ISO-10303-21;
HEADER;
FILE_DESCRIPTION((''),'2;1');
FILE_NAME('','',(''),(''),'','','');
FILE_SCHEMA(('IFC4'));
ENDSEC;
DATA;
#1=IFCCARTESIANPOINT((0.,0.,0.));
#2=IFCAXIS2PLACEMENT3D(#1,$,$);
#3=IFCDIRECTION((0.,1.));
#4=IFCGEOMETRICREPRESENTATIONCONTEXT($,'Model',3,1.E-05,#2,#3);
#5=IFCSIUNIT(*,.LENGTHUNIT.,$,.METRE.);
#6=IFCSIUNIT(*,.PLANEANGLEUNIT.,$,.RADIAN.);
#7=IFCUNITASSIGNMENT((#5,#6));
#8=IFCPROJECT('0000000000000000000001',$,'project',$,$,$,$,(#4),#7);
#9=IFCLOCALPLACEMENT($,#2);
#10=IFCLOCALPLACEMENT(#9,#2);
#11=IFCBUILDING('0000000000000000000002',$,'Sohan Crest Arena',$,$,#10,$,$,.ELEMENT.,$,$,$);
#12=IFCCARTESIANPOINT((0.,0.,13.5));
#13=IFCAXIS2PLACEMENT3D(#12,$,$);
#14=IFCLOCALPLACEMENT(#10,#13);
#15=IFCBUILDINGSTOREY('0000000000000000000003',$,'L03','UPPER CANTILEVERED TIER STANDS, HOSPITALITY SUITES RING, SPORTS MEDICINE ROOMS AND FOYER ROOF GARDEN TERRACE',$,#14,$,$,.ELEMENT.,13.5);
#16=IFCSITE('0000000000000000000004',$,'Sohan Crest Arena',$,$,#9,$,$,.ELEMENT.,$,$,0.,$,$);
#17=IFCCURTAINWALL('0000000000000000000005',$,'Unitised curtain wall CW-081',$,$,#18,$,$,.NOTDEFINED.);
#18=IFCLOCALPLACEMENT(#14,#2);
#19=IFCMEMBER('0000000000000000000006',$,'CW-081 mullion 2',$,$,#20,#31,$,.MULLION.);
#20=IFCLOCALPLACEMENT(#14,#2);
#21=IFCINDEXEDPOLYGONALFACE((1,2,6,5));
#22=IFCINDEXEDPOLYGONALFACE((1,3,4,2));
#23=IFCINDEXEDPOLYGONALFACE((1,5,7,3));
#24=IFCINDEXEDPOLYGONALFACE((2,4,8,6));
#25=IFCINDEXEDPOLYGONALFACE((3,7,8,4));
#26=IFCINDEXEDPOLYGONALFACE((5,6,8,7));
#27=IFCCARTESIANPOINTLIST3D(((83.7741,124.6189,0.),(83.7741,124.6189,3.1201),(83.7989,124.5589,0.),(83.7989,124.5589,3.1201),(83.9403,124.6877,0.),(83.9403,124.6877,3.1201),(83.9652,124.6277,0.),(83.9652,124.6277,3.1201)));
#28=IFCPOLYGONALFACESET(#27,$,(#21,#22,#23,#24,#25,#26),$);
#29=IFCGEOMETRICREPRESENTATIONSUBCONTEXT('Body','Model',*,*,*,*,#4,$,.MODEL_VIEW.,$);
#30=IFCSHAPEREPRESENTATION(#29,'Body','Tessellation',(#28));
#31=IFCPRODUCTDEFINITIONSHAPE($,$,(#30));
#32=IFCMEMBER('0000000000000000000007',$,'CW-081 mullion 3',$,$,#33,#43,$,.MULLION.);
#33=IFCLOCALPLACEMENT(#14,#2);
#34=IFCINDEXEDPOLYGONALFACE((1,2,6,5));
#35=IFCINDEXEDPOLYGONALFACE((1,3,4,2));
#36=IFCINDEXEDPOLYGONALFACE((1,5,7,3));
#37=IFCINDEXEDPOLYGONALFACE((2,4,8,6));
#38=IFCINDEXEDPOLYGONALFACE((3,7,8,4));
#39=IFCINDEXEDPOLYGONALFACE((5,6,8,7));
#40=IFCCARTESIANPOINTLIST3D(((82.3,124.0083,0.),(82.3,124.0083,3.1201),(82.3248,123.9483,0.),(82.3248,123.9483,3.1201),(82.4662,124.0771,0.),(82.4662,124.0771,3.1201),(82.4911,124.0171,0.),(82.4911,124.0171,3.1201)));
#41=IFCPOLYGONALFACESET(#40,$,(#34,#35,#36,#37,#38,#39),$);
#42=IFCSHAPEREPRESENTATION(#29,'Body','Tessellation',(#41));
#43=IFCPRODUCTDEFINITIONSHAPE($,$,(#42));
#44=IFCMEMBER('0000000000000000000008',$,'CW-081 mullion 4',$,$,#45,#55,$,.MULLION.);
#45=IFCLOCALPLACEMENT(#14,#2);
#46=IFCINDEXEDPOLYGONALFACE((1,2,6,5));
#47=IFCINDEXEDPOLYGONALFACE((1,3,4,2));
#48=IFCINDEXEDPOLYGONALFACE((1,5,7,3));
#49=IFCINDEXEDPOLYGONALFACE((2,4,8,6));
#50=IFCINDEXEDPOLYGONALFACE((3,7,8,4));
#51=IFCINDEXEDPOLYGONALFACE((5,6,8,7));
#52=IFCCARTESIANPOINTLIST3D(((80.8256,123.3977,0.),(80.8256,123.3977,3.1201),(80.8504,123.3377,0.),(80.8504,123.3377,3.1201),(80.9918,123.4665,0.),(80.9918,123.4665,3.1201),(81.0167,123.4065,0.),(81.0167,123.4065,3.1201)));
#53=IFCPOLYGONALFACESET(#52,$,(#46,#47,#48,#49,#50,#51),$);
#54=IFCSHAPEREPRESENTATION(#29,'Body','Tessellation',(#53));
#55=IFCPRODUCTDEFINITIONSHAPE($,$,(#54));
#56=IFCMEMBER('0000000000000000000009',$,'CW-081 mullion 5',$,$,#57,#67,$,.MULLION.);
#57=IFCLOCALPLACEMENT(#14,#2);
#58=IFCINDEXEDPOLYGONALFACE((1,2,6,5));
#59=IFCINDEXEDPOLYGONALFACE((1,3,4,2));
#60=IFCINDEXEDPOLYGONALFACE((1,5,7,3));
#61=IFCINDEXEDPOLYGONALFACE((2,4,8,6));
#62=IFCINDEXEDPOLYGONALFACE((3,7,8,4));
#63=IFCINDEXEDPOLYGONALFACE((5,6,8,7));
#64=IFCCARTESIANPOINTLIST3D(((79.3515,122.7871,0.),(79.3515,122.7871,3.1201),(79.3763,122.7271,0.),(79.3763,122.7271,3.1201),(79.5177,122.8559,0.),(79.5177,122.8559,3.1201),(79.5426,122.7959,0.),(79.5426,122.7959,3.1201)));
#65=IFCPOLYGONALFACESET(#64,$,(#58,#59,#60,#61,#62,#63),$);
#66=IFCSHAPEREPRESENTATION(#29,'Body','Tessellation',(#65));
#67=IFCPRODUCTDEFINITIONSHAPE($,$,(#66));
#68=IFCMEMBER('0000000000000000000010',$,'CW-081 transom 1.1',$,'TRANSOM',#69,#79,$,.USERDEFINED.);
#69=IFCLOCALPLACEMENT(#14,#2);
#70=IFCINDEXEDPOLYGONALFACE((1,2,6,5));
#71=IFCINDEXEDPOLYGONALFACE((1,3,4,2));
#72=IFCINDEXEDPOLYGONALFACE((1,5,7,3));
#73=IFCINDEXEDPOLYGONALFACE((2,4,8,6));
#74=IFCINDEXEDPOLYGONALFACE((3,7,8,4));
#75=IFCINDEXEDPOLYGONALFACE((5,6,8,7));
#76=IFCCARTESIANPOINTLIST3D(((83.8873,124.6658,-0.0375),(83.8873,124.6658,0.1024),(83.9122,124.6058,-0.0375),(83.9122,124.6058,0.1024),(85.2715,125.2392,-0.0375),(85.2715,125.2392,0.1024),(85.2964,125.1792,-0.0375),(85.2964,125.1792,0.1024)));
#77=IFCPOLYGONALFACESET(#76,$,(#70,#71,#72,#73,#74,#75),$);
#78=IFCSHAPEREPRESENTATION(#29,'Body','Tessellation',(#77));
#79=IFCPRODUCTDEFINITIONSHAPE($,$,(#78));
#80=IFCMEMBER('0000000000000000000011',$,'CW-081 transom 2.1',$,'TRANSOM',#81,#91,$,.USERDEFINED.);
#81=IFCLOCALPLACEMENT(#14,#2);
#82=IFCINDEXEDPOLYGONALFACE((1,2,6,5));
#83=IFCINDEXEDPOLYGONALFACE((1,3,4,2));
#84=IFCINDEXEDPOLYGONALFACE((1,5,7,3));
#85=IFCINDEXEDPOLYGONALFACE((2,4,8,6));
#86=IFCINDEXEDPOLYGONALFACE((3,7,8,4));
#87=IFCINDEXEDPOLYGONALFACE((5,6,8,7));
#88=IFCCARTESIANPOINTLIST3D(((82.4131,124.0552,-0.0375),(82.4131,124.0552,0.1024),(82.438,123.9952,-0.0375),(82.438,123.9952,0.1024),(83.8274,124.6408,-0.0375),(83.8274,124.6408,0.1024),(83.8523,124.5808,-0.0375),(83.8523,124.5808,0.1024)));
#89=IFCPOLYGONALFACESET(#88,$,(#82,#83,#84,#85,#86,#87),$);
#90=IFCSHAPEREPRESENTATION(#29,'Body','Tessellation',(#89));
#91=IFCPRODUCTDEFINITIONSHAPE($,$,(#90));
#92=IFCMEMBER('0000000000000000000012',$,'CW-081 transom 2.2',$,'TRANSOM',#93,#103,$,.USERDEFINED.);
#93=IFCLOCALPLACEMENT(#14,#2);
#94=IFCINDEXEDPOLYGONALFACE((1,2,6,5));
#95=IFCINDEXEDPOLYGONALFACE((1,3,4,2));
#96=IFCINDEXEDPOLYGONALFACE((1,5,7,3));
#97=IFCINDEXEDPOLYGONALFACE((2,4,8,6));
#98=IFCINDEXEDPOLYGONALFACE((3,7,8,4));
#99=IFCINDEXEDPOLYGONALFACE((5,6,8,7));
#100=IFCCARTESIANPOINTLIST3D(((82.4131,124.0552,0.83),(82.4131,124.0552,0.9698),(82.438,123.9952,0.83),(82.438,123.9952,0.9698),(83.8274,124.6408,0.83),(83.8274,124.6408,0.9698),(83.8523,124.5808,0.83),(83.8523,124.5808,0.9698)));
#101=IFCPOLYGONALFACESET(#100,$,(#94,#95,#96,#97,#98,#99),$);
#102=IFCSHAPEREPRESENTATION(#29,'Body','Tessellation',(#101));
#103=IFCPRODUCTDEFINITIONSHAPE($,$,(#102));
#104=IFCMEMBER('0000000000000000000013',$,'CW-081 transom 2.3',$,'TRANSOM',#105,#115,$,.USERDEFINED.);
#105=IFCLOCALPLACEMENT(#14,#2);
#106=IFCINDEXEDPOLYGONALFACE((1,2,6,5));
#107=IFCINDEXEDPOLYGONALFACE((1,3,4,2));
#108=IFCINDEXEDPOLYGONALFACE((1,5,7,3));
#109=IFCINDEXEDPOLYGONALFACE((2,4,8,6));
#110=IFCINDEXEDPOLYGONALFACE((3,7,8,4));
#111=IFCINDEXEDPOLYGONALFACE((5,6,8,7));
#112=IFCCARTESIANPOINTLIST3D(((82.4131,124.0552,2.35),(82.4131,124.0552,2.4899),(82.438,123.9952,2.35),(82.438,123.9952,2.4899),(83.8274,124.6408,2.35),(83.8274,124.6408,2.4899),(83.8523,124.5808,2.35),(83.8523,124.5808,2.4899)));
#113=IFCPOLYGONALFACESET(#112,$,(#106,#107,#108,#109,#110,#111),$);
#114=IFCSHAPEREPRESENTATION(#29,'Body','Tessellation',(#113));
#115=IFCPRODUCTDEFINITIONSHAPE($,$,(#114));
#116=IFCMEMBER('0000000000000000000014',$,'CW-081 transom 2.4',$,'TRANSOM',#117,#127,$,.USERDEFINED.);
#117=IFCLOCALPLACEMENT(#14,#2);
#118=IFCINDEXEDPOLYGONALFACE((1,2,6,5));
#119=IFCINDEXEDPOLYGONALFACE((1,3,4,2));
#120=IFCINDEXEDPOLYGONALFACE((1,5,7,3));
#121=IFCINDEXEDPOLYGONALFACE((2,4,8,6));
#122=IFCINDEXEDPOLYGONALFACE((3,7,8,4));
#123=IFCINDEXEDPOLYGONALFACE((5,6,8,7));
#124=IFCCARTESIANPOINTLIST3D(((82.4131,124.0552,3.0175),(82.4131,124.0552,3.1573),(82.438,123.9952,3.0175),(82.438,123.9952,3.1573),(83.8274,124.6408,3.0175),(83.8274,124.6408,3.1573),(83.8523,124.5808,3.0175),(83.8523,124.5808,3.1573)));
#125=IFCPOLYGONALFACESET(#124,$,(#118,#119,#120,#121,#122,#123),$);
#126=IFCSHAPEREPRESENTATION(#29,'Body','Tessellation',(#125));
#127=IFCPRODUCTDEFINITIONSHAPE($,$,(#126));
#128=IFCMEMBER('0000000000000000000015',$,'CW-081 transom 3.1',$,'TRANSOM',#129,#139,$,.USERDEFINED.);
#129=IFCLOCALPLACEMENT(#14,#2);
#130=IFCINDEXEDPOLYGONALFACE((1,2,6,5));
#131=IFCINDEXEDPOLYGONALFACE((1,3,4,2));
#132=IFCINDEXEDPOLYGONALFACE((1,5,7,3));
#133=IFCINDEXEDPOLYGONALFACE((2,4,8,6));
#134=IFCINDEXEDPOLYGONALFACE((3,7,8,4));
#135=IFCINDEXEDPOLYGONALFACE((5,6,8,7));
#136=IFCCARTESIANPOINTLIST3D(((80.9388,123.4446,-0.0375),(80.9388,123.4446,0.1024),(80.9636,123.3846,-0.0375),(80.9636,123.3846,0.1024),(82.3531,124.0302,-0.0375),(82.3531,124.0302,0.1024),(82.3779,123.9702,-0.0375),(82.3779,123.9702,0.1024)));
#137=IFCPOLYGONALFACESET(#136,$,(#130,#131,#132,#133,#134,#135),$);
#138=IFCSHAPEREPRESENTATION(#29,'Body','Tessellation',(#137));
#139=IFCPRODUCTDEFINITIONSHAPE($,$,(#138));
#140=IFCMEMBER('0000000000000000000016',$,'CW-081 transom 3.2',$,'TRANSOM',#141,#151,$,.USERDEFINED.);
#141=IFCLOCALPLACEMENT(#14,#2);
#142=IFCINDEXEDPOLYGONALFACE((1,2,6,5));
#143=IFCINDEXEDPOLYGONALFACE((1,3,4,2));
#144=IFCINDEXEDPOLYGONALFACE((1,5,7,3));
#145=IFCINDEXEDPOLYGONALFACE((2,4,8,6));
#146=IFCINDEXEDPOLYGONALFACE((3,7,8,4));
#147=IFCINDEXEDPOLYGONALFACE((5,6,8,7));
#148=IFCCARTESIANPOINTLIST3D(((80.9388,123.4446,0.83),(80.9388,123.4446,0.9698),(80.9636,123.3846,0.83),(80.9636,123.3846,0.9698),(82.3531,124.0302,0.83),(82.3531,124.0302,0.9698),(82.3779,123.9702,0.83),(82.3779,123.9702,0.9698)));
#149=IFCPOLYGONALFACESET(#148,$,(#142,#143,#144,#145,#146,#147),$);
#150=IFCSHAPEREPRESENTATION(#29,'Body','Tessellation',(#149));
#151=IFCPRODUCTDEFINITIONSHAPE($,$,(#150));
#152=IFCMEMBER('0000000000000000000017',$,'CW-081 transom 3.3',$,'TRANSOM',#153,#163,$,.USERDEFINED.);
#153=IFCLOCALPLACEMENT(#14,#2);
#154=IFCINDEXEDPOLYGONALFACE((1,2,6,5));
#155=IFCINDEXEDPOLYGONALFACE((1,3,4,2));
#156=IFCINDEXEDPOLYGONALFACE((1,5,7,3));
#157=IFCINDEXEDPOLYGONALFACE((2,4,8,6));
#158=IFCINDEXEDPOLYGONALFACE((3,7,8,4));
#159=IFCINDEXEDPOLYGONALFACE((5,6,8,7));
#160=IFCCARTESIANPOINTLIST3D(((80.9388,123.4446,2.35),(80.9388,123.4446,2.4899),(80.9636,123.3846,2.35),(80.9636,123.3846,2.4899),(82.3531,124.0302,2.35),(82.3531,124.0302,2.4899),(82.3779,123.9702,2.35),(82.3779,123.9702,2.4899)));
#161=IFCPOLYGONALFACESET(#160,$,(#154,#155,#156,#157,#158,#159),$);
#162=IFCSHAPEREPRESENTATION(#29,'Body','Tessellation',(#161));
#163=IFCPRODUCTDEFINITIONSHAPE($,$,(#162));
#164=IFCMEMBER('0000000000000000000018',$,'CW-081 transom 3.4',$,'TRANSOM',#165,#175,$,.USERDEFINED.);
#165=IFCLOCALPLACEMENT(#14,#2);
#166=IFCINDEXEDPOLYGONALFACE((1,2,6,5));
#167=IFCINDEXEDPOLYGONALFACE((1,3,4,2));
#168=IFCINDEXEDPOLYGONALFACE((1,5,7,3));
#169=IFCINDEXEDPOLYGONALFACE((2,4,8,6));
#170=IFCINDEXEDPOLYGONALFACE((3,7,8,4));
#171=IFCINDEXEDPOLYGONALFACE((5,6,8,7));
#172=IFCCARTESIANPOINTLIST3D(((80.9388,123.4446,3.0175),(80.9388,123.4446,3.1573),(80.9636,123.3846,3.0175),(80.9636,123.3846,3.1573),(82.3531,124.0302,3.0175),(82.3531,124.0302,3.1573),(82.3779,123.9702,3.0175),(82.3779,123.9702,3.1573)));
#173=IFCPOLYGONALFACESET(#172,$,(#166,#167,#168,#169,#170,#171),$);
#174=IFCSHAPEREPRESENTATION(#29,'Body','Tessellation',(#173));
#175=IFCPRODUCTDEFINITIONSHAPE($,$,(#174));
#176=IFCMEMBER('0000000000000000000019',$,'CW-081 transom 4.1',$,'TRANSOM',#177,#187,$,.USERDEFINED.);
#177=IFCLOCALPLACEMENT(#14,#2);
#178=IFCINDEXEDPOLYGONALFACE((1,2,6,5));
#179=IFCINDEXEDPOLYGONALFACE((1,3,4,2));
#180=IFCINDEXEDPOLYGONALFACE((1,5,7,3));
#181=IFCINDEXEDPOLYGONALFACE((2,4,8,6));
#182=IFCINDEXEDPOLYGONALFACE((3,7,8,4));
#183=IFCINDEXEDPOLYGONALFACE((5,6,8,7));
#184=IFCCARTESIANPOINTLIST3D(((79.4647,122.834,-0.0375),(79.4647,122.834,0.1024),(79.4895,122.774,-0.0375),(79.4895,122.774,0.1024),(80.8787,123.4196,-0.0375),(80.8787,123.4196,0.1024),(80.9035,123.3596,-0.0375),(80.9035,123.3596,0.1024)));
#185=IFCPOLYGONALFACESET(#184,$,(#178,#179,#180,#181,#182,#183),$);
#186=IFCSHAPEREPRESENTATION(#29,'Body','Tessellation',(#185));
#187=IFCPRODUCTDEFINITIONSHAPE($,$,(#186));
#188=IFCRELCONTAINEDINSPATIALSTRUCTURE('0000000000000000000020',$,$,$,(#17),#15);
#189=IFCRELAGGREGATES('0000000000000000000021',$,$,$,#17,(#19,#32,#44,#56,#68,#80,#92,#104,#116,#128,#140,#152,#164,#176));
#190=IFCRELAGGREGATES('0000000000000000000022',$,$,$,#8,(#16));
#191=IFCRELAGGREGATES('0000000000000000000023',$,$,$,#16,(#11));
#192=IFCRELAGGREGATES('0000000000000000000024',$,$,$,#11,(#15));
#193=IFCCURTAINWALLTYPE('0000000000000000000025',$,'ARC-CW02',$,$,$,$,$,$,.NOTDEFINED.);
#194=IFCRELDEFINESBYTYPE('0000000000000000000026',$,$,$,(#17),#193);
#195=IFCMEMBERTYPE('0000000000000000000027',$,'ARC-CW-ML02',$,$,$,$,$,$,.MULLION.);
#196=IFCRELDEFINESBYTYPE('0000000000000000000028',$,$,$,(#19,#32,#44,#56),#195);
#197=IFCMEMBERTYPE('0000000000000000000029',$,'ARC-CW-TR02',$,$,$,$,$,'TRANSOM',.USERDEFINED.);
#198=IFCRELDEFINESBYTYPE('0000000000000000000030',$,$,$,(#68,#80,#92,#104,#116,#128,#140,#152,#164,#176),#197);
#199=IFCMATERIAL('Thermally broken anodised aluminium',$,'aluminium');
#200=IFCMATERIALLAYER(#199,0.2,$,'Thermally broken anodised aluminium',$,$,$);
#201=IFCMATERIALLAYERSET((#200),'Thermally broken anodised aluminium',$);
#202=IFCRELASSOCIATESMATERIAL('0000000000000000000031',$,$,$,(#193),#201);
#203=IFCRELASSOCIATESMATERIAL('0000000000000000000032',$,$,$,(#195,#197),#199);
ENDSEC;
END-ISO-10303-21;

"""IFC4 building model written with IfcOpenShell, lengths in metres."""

from ifc_helpers import new_model, si_unit, direction, frame, origin, origin_2d, place, context, subcontext, project, spatial, rectangle, extrude, material, layer, layer_set, material_profile, profile_set, type_object, element, aggregate, save


model = new_model("IFC4")

# Units and contexts
model_context = context("Model", 3, precision=1e-05, world=origin(), true_north=direction((0.0, 1.0)))
body_context = subcontext(model_context, "Body", "Model", "MODEL_VIEW")
ifc_project = project(units=[si_unit("LENGTHUNIT", "METRE"), si_unit("PLANEANGLEUNIT", "RADIAN")], contexts=[model_context])

# Site, building, storey
site_placement = place(None, origin())
site = spatial("IfcSite", under=ifc_project, at=site_placement, Name="Sohan Crest Arena", CompositionType="ELEMENT", RefElevation=0.0)
building_placement = place(site_placement, origin())
building = spatial("IfcBuilding", under=site, at=building_placement, Name="Sohan Crest Arena", CompositionType="ELEMENT")
storey_placement = place(building_placement, frame((0.0, 0.0, 13.5)))
storey = spatial("IfcBuildingStorey", under=building, at=storey_placement, Name="L03", Description="UPPER CANTILEVERED TIER STANDS, HOSPITALITY SUITES RING, SPORTS MEDICINE ROOMS AND FOYER ROOF GARDEN TERRACE", CompositionType="ELEMENT", Elevation=13.5)

# Curtain wall, members
ifc_material_1 = material(Name="Thermally broken anodised aluminium", Category="aluminium")
ifc_layer_1 = layer(ifc_material_1, 0.2, Name="Thermally broken anodised aluminium")
ifc_layer_set_1 = layer_set([ifc_layer_1], Name="Thermally broken anodised aluminium")
curtain_wall_type = type_object("IfcCurtainWallType", Name="ARC-CW02", PredefinedType="NOTDEFINED", material=ifc_layer_set_1)
curtain_wall_placement = place(storey_placement, origin())
curtain_wall = element("IfcCurtainWall", 1, at=curtain_wall_placement, inside=storey, type_object=curtain_wall_type, Name="Unitised curtain wall CW-081", PredefinedType="NOTDEFINED")
ifc_material_profile_1 = material_profile(ifc_material_1, rectangle(XDim=0.0649, YDim=0.1799, at=origin_2d()), Name="ALU-MULL 65x180")
ifc_profile_set_1 = profile_set([ifc_material_profile_1], Name="Thermally broken anodised aluminium")
member_type_1 = type_object("IfcMemberType", Name="ARC-CW-ML02", PredefinedType="MULLION", material=ifc_profile_set_1)
member_1_placement = place(storey_placement, frame((83.8696, 124.6233, 0.0), z_axis=(0.0, 0.0, 1.0), x_axis=(0.382668, -0.923886, 0.0)))
member_1 = element("IfcMember", 2, at=member_1_placement, type_object=member_type_1, Name="CW-081 mullion 2", PredefinedType="MULLION", context=body_context, shape_type="SweptSolid", body=[
    extrude(rectangle(XDim=0.0649, YDim=0.1799, at=origin_2d()), origin(), (0.0, 0.0, 1.0), 3.1201),
])
member_2_placement = place(storey_placement, frame((82.3955, 124.0127, 0.0), z_axis=(0.0, 0.0, 1.0), x_axis=(0.382668, -0.923886, 0.0)))
member_2 = element("IfcMember", 3, at=member_2_placement, type_object=member_type_1, Name="CW-081 mullion 3", PredefinedType="MULLION", context=body_context, shape_type="SweptSolid", body=[
    extrude(rectangle(XDim=0.0649, YDim=0.1799, at=origin_2d()), origin(), (0.0, 0.0, 1.0), 3.1201),
])
member_3_placement = place(storey_placement, frame((80.9211, 123.4021, 0.0), z_axis=(0.0, 0.0, 1.0), x_axis=(0.382668, -0.923886, 0.0)))
member_3 = element("IfcMember", 4, at=member_3_placement, type_object=member_type_1, Name="CW-081 mullion 4", PredefinedType="MULLION", context=body_context, shape_type="SweptSolid", body=[
    extrude(rectangle(XDim=0.0649, YDim=0.1799, at=origin_2d()), origin(), (0.0, 0.0, 1.0), 3.1201),
])
member_4_placement = place(storey_placement, frame((79.447, 122.7915, 0.0), z_axis=(0.0, 0.0, 1.0), x_axis=(0.382668, -0.923886, 0.0)))
member_4 = element("IfcMember", 5, at=member_4_placement, type_object=member_type_1, Name="CW-081 mullion 5", PredefinedType="MULLION", context=body_context, shape_type="SweptSolid", body=[
    extrude(rectangle(XDim=0.0649, YDim=0.1799, at=origin_2d()), origin(), (0.0, 0.0, 1.0), 3.1201),
])
ifc_material_profile_2 = material_profile(ifc_material_1, rectangle(XDim=0.0649, YDim=0.1399, at=origin_2d()), Name="ALU-TRAN 65x140")
ifc_profile_set_2 = profile_set([ifc_material_profile_2], Name="Thermally broken anodised aluminium")
member_type_2 = type_object("IfcMemberType", Name="ARC-CW-TR02", ElementType="TRANSOM", PredefinedType="USERDEFINED", material=ifc_profile_set_2)
member_5_placement = place(storey_placement, frame((85.2839, 125.2092, 0.0325), z_axis=(-0.923856, -0.38274, 0.0), x_axis=(0.38274, -0.923856, 0.0)))
member_5 = element("IfcMember", 6, at=member_5_placement, type_object=member_type_2, Name="CW-081 transom 1.1", ObjectType="TRANSOM", PredefinedType="USERDEFINED", context=body_context, shape_type="SweptSolid", body=[
    extrude(rectangle(XDim=0.0649, YDim=0.1399, at=origin_2d()), origin(), (0.0, 0.0, 1.0), 1.4983),
])
member_6_placement = place(storey_placement, frame((83.8398, 124.6108, 0.0325), z_axis=(-0.92391, -0.38261, 0.0), x_axis=(0.38261, -0.92391, 0.0)))
member_6 = element("IfcMember", 7, at=member_6_placement, type_object=member_type_2, Name="CW-081 transom 2.1", ObjectType="TRANSOM", PredefinedType="USERDEFINED", context=body_context, shape_type="SweptSolid", body=[
    extrude(rectangle(XDim=0.0649, YDim=0.1399, at=origin_2d()), origin(), (0.0, 0.0, 1.0), 1.5308),
])
member_7_placement = place(storey_placement, frame((83.8398, 124.6108, 0.8999), z_axis=(-0.92391, -0.38261, 0.0), x_axis=(0.38261, -0.92391, 0.0)))
member_7 = element("IfcMember", 8, at=member_7_placement, type_object=member_type_2, Name="CW-081 transom 2.2", ObjectType="TRANSOM", PredefinedType="USERDEFINED", context=body_context, shape_type="SweptSolid", body=[
    extrude(rectangle(XDim=0.0649, YDim=0.1399, at=origin_2d()), origin(), (0.0, 0.0, 1.0), 1.5308),
])
member_8_placement = place(storey_placement, frame((83.8398, 124.6108, 2.4199), z_axis=(-0.92391, -0.38261, 0.0), x_axis=(0.38261, -0.92391, 0.0)))
member_8 = element("IfcMember", 9, at=member_8_placement, type_object=member_type_2, Name="CW-081 transom 2.3", ObjectType="TRANSOM", PredefinedType="USERDEFINED", context=body_context, shape_type="SweptSolid", body=[
    extrude(rectangle(XDim=0.0649, YDim=0.1399, at=origin_2d()), origin(), (0.0, 0.0, 1.0), 1.5308),
])
member_9_placement = place(storey_placement, frame((83.8398, 124.6108, 3.0874), z_axis=(-0.92391, -0.38261, 0.0), x_axis=(0.38261, -0.92391, 0.0)))
member_9 = element("IfcMember", 10, at=member_9_placement, type_object=member_type_2, Name="CW-081 transom 2.4", ObjectType="TRANSOM", PredefinedType="USERDEFINED", context=body_context, shape_type="SweptSolid", body=[
    extrude(rectangle(XDim=0.0649, YDim=0.1399, at=origin_2d()), origin(), (0.0, 0.0, 1.0), 1.5308),
])
member_10_placement = place(storey_placement, frame((82.3655, 124.0002, 0.0325), z_axis=(-0.92391, -0.38261, 0.0), x_axis=(0.38261, -0.92391, 0.0)))
member_10 = element("IfcMember", 11, at=member_10_placement, type_object=member_type_2, Name="CW-081 transom 3.1", ObjectType="TRANSOM", PredefinedType="USERDEFINED", context=body_context, shape_type="SweptSolid", body=[
    extrude(rectangle(XDim=0.0649, YDim=0.1399, at=origin_2d()), origin(), (0.0, 0.0, 1.0), 1.5308),
])
member_11_placement = place(storey_placement, frame((82.3655, 124.0002, 0.8999), z_axis=(-0.92391, -0.38261, 0.0), x_axis=(0.38261, -0.92391, 0.0)))
member_11 = element("IfcMember", 12, at=member_11_placement, type_object=member_type_2, Name="CW-081 transom 3.2", ObjectType="TRANSOM", PredefinedType="USERDEFINED", context=body_context, shape_type="SweptSolid", body=[
    extrude(rectangle(XDim=0.0649, YDim=0.1399, at=origin_2d()), origin(), (0.0, 0.0, 1.0), 1.5308),
])
member_12_placement = place(storey_placement, frame((82.3655, 124.0002, 2.4199), z_axis=(-0.92391, -0.38261, 0.0), x_axis=(0.38261, -0.92391, 0.0)))
member_12 = element("IfcMember", 13, at=member_12_placement, type_object=member_type_2, Name="CW-081 transom 3.3", ObjectType="TRANSOM", PredefinedType="USERDEFINED", context=body_context, shape_type="SweptSolid", body=[
    extrude(rectangle(XDim=0.0649, YDim=0.1399, at=origin_2d()), origin(), (0.0, 0.0, 1.0), 1.5308),
])
member_13_placement = place(storey_placement, frame((82.3655, 124.0002, 3.0874), z_axis=(-0.92391, -0.38261, 0.0), x_axis=(0.38261, -0.92391, 0.0)))
member_13 = element("IfcMember", 14, at=member_13_placement, type_object=member_type_2, Name="CW-081 transom 3.4", ObjectType="TRANSOM", PredefinedType="USERDEFINED", context=body_context, shape_type="SweptSolid", body=[
    extrude(rectangle(XDim=0.0649, YDim=0.1399, at=origin_2d()), origin(), (0.0, 0.0, 1.0), 1.5308),
])
member_14_placement = place(storey_placement, frame((80.8911, 123.3896, 0.0325), z_axis=(-0.923887, -0.382666, 0.0), x_axis=(0.382666, -0.923887, 0.0)))
member_14 = element("IfcMember", 15, at=member_14_placement, type_object=member_type_2, Name="CW-081 transom 4.1", ObjectType="TRANSOM", PredefinedType="USERDEFINED", context=body_context, shape_type="SweptSolid", body=[
    extrude(rectangle(XDim=0.0649, YDim=0.1399, at=origin_2d()), origin(), (0.0, 0.0, 1.0), 1.5305),
])
aggregate(curtain_wall, [member_1, member_2, member_3, member_4, member_5, member_6, member_7, member_8, member_9, member_10, member_11, member_12, member_13, member_14])

save(model, "model.ifc")
